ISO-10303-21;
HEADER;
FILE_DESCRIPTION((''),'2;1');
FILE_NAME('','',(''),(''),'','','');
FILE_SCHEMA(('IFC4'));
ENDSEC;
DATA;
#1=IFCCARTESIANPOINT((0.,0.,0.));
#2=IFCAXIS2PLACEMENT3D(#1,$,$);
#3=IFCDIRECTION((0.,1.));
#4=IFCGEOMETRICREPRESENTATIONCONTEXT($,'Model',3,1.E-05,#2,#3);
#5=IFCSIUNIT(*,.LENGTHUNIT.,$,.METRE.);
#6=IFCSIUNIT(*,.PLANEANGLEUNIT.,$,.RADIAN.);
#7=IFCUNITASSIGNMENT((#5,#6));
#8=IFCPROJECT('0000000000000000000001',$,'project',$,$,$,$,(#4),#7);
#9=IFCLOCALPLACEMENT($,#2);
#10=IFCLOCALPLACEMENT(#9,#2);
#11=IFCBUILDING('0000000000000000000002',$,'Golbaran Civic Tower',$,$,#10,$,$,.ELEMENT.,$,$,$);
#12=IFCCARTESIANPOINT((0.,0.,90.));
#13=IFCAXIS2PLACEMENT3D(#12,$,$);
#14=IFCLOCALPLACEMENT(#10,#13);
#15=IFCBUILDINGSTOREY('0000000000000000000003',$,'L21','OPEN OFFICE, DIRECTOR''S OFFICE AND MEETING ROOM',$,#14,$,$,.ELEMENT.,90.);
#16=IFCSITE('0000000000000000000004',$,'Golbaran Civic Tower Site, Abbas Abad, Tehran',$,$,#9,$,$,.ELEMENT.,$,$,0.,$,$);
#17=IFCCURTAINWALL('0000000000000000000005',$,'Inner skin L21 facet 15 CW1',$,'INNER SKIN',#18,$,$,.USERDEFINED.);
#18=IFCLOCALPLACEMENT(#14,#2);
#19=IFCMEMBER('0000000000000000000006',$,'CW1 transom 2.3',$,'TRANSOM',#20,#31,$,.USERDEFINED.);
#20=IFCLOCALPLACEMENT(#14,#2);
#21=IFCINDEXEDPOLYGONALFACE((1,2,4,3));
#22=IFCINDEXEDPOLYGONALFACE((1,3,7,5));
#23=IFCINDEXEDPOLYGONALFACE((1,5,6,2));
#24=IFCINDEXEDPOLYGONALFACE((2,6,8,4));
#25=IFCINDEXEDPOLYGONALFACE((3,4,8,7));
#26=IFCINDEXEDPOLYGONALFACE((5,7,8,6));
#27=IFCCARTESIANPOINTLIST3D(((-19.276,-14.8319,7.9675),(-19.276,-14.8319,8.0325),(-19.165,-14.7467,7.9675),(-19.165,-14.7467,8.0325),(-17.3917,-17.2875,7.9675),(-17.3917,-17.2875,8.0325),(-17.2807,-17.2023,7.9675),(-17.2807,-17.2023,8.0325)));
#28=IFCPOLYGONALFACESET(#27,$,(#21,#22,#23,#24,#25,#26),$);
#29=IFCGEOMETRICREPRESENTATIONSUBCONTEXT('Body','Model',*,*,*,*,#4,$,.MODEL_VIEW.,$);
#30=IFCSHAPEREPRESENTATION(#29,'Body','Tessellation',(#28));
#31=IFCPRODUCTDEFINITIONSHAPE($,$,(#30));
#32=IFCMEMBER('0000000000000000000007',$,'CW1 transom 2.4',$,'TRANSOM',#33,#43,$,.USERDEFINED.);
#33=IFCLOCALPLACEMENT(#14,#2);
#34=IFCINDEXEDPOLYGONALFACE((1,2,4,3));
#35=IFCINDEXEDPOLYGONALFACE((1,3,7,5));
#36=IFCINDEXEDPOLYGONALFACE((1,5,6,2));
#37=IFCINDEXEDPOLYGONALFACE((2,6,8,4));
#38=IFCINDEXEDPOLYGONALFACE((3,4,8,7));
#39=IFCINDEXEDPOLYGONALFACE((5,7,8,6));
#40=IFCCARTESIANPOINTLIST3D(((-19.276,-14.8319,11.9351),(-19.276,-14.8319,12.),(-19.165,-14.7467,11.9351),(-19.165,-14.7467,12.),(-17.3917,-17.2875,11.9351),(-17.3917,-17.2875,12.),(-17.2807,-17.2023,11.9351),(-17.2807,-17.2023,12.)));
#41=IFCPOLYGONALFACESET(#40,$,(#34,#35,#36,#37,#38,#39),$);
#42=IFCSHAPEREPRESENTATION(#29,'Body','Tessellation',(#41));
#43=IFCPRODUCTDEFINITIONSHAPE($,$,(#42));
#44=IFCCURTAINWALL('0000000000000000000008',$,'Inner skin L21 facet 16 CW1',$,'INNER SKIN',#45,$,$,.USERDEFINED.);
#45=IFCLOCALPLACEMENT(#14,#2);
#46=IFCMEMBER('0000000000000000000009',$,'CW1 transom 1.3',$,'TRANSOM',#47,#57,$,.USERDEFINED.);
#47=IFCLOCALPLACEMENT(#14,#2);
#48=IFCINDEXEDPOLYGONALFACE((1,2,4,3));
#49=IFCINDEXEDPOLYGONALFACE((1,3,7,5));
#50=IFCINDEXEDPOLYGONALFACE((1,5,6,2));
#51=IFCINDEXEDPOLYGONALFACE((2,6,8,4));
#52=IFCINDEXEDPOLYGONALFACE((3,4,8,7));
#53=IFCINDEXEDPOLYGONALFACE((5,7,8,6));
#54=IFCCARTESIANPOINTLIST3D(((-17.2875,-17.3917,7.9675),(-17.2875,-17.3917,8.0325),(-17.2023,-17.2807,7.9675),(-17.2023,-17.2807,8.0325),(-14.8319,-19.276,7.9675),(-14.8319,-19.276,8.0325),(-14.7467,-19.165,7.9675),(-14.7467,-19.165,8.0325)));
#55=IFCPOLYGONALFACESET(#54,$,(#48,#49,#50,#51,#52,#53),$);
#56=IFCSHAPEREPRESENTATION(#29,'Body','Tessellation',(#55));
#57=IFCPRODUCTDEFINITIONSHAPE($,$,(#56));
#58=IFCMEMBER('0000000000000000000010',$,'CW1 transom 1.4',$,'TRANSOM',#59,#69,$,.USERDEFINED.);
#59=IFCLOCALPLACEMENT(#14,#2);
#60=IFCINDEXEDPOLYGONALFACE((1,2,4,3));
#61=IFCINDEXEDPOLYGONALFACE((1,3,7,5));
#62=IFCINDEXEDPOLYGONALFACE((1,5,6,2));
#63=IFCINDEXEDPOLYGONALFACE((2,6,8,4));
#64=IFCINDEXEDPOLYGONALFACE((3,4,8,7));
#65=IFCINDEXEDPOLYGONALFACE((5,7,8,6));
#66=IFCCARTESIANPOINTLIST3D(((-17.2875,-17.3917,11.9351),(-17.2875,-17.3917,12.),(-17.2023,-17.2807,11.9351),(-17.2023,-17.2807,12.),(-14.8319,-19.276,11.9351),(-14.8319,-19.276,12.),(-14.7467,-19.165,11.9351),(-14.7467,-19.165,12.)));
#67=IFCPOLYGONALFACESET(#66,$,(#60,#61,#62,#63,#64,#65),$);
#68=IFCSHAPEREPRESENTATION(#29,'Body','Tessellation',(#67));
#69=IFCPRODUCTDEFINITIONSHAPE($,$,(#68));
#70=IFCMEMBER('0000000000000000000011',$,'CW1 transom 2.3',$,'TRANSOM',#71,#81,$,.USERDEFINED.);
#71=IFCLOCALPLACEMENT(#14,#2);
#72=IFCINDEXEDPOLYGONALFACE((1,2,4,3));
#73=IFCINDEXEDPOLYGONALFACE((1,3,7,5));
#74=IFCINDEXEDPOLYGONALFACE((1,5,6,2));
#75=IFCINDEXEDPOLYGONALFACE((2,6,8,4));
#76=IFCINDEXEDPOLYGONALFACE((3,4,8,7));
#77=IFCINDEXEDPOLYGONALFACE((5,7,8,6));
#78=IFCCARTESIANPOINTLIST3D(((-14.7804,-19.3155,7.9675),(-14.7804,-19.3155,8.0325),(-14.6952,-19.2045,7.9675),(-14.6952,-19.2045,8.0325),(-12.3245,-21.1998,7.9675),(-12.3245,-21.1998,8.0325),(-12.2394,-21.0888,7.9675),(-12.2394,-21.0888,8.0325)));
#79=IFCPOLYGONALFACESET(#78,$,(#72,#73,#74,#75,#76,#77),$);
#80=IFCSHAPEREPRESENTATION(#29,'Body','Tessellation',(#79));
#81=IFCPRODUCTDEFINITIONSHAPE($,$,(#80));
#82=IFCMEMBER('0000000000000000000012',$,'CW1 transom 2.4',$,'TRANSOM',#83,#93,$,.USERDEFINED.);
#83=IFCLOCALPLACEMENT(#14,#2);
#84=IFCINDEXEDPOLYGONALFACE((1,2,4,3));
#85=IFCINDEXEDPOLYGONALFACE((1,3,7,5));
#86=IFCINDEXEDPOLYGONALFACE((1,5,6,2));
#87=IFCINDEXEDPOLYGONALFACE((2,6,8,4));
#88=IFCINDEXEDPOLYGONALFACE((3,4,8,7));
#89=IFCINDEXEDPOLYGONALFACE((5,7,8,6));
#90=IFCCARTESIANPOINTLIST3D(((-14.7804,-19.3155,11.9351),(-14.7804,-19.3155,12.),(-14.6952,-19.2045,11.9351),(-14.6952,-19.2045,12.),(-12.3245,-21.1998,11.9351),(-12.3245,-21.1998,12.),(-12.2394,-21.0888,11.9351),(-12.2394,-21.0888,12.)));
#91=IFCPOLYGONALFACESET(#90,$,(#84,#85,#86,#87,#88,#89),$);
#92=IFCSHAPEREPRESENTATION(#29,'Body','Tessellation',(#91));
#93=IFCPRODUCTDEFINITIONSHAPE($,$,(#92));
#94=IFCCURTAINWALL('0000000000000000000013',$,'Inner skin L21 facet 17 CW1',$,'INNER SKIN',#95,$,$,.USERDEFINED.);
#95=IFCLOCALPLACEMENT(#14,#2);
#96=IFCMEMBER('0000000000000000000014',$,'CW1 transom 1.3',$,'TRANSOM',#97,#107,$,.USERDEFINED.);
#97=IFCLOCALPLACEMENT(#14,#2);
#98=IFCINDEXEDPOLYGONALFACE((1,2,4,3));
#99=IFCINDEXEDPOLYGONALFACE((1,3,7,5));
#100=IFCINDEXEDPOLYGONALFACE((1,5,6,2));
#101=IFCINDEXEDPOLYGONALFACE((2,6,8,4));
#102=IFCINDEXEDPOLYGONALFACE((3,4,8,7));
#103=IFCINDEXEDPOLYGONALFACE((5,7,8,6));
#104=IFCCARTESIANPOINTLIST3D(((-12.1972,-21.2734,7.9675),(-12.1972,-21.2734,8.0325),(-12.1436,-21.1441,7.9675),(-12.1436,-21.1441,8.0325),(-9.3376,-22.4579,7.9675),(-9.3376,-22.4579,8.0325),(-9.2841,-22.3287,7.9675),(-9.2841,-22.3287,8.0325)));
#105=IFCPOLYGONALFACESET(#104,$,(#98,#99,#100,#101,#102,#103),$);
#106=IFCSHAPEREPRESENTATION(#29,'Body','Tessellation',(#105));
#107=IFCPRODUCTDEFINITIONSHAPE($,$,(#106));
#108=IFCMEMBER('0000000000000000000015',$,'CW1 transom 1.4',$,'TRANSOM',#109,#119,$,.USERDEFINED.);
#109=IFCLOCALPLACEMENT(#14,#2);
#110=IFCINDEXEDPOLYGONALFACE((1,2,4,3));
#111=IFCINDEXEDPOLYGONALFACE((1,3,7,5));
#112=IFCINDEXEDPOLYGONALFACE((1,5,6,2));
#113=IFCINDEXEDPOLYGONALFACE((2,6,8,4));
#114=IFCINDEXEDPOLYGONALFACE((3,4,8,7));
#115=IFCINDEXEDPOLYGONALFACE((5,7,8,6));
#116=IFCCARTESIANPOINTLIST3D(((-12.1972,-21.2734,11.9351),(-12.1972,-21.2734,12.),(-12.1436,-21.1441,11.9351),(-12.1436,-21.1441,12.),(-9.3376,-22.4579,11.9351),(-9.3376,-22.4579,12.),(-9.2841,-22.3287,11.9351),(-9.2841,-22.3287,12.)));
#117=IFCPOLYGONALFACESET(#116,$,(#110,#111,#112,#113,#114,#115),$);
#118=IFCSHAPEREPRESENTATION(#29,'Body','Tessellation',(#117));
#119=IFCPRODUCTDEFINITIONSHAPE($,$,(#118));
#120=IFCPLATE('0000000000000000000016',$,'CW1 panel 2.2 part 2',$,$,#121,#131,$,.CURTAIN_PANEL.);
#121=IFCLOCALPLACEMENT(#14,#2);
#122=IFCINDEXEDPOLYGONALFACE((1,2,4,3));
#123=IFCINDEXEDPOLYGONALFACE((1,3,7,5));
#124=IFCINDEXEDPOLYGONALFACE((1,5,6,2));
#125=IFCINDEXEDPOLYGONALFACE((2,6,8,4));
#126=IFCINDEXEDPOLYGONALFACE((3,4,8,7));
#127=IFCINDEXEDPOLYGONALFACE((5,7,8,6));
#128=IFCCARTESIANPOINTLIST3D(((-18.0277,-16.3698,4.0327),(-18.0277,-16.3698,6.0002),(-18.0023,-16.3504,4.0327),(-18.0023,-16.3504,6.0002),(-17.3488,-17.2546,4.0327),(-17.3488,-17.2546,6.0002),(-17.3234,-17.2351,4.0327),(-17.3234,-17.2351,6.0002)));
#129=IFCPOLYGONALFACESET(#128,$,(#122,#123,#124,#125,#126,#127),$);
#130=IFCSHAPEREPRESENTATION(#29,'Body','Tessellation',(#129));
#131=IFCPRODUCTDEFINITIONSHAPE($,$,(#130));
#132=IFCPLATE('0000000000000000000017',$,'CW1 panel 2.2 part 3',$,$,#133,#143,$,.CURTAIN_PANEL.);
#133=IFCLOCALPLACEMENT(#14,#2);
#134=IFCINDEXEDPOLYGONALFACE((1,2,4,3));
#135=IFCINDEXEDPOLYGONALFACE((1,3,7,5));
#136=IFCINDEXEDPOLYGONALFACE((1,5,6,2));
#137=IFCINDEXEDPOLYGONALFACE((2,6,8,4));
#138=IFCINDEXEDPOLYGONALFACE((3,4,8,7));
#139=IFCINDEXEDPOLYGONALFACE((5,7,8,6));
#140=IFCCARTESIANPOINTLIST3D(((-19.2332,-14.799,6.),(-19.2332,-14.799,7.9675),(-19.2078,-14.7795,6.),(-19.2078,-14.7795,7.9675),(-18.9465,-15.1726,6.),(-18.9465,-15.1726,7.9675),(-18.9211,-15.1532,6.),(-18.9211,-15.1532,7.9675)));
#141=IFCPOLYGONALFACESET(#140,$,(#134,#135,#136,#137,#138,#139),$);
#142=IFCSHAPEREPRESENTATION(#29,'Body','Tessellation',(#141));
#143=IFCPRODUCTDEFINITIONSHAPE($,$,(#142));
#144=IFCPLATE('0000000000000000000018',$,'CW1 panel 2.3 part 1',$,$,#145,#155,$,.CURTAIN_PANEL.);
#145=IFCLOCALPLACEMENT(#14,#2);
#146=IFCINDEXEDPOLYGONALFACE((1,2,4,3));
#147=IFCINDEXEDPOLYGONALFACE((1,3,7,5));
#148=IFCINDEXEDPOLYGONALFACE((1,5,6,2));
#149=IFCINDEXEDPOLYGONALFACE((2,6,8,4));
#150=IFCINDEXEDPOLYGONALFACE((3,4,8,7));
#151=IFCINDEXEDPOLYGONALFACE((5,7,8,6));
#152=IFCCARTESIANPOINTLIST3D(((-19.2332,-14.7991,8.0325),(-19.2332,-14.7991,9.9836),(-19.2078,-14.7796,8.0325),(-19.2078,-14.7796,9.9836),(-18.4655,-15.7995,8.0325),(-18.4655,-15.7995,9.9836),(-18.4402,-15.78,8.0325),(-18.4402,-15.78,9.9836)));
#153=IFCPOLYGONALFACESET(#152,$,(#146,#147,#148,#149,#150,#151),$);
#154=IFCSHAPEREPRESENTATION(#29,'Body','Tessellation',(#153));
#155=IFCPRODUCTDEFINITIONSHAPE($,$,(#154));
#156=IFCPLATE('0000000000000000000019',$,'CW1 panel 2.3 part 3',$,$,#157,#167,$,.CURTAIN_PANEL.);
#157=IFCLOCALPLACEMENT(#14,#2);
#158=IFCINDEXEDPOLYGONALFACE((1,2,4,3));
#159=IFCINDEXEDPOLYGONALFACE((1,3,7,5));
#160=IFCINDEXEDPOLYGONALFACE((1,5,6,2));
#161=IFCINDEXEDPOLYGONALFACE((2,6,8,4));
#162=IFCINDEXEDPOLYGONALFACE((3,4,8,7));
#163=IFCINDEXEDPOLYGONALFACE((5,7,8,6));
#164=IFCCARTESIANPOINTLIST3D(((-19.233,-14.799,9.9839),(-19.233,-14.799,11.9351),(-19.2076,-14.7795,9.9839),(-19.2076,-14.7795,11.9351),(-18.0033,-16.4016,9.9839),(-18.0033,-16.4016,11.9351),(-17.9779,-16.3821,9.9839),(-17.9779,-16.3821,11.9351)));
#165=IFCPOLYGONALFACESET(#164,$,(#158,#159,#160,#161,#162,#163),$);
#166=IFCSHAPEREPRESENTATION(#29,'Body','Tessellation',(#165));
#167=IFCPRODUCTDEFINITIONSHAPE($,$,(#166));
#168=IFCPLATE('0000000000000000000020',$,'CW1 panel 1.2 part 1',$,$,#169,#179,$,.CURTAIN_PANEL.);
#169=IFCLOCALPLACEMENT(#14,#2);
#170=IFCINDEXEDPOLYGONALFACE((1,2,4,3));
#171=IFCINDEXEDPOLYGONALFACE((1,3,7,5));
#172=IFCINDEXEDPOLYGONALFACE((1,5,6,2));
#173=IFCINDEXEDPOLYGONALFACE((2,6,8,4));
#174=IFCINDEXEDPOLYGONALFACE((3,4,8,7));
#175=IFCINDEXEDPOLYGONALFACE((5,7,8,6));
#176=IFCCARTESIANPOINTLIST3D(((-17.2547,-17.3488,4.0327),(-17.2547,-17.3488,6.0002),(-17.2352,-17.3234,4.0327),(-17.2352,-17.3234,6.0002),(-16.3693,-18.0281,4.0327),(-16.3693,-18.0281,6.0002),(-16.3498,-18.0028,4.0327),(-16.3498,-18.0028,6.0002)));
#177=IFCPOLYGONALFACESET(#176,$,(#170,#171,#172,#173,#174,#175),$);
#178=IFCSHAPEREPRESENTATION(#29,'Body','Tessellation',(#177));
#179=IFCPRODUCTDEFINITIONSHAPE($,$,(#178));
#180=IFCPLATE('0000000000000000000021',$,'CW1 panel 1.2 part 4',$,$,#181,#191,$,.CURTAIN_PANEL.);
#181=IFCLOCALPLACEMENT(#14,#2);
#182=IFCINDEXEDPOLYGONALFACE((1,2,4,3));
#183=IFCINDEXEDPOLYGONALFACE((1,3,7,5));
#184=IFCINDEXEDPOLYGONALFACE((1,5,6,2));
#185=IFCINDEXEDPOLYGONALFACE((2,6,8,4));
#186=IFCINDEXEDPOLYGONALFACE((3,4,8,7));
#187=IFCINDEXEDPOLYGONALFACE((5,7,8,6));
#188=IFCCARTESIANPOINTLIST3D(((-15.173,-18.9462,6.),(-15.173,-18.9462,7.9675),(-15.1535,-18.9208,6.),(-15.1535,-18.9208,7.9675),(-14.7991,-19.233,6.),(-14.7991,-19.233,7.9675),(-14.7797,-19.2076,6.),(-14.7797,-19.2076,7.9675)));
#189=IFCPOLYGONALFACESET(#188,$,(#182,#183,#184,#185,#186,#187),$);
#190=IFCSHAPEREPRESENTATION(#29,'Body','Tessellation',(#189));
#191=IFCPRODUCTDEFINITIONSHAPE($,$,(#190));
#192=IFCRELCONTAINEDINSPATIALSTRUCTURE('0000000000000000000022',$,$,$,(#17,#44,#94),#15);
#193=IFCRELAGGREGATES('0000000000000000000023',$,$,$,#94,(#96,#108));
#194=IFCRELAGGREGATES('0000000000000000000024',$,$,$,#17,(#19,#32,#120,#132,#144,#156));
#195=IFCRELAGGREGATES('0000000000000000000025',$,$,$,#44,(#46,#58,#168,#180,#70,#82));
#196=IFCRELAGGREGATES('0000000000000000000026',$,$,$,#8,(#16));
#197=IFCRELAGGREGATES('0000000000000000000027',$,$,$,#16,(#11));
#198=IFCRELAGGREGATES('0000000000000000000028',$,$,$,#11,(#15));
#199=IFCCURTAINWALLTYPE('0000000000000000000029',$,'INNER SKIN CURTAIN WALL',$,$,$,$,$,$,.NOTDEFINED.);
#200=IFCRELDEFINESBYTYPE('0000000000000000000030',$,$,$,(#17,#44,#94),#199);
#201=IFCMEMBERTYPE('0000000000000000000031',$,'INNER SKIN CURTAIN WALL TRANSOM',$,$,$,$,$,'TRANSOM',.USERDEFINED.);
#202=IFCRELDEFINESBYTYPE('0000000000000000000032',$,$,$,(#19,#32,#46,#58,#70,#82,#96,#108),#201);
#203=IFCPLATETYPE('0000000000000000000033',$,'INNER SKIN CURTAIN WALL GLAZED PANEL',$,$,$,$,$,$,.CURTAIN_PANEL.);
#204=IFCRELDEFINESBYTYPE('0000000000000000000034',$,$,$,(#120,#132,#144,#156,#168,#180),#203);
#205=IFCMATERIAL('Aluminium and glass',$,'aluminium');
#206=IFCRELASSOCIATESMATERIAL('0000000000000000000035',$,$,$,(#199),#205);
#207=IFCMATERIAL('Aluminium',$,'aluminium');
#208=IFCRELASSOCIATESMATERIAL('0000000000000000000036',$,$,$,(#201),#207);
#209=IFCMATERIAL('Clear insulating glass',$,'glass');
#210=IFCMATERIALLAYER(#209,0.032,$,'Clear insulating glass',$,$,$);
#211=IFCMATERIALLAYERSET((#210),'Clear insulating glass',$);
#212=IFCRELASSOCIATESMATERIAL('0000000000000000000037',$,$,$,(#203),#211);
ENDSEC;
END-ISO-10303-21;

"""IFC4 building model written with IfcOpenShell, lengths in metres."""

from ifc_helpers import new_model, si_unit, direction, frame, origin, origin_2d, place, context, subcontext, project, spatial, rectangle, extrude, material, layer, layer_set, material_profile, profile_set, type_object, element, aggregate, save


model = new_model("IFC4")

# Units and contexts
model_context = context("Model", 3, precision=1e-05, world=origin(), true_north=direction((0.0, 1.0)))
body_context = subcontext(model_context, "Body", "Model", "MODEL_VIEW")
ifc_project = project(units=[si_unit("LENGTHUNIT", "METRE"), si_unit("PLANEANGLEUNIT", "RADIAN")], contexts=[model_context])

# Site, building, storey
site_placement = place(None, origin())
site = spatial("IfcSite", under=ifc_project, at=site_placement, Name="Golbaran Civic Tower Site, Abbas Abad, Tehran", CompositionType="ELEMENT", RefElevation=0.0)
building_placement = place(site_placement, origin())
building = spatial("IfcBuilding", under=site, at=building_placement, Name="Golbaran Civic Tower", CompositionType="ELEMENT")
storey_placement = place(building_placement, frame((0.0, 0.0, 90.0)))
storey = spatial("IfcBuildingStorey", under=building, at=storey_placement, Name="L21", Description="OPEN OFFICE, DIRECTOR'S OFFICE AND MEETING ROOM", CompositionType="ELEMENT", Elevation=90.0)

# Curtain walls, members
ifc_material_1 = material(Name="Aluminium and glass", Category="aluminium")
curtain_wall_type = type_object("IfcCurtainWallType", Name="INNER SKIN CURTAIN WALL", PredefinedType="NOTDEFINED", material=ifc_material_1)
curtain_wall_1_placement = place(storey_placement, origin())
curtain_wall_1 = element("IfcCurtainWall", 1, at=curtain_wall_1_placement, inside=storey, type_object=curtain_wall_type, Name="Inner skin L21 facet 15 CW1", ObjectType="INNER SKIN", PredefinedType="USERDEFINED")
ifc_material_2 = material(Name="Aluminium", Category="aluminium")
ifc_material_profile = material_profile(ifc_material_2, rectangle(XDim=0.1399, YDim=0.0649, at=origin_2d()), Name="INNER SKIN CURTAIN WALL TRANSOM")
ifc_profile_set = profile_set([ifc_material_profile], Name="Aluminium")
member_type = type_object("IfcMemberType", Name="INNER SKIN CURTAIN WALL TRANSOM", ElementType="TRANSOM", PredefinedType="USERDEFINED", material=ifc_profile_set)
member_1_placement = place(storey_placement, frame((-19.2205, -14.7893, 8.0), z_axis=(0.608773, -0.793345, 0.0), x_axis=(0.793345, 0.608773, 0.0)))
member_1 = element("IfcMember", 2, at=member_1_placement, type_object=member_type, Name="CW1 transom 2.3", ObjectType="TRANSOM", PredefinedType="USERDEFINED", context=body_context, shape_type="SweptSolid", body=[
    extrude(rectangle(XDim=0.1399, YDim=0.0649, at=origin_2d()), origin(), (0.0, 0.0, 1.0), 3.0952),
])
member_2_placement = place(storey_placement, frame((-19.2205, -14.7893, 11.9675), z_axis=(0.608773, -0.793345, 0.0), x_axis=(0.793345, 0.608773, 0.0)))
member_2 = element("IfcMember", 3, at=member_2_placement, type_object=member_type, Name="CW1 transom 2.4", ObjectType="TRANSOM", PredefinedType="USERDEFINED", context=body_context, shape_type="SweptSolid", body=[
    extrude(rectangle(XDim=0.1399, YDim=0.0649, at=origin_2d()), origin(), (0.0, 0.0, 1.0), 3.0952),
])
curtain_wall_2_placement = place(storey_placement, origin())
curtain_wall_2 = element("IfcCurtainWall", 4, at=curtain_wall_2_placement, inside=storey, type_object=curtain_wall_type, Name="Inner skin L21 facet 16 CW1", ObjectType="INNER SKIN", PredefinedType="USERDEFINED")
member_3_placement = place(storey_placement, frame((-17.2449, -17.3362, 8.0), z_axis=(0.793345, -0.608773, 0.0), x_axis=(0.608773, 0.793345, 0.0)))
member_3 = element("IfcMember", 5, at=member_3_placement, type_object=member_type, Name="CW1 transom 1.3", ObjectType="TRANSOM", PredefinedType="USERDEFINED", context=body_context, shape_type="SweptSolid", body=[
    extrude(rectangle(XDim=0.1399, YDim=0.0649, at=origin_2d()), origin(), (0.0, 0.0, 1.0), 3.0952),
])
member_4_placement = place(storey_placement, frame((-17.2449, -17.3362, 11.9675), z_axis=(0.793345, -0.608773, 0.0), x_axis=(0.608773, 0.793345, 0.0)))
member_4 = element("IfcMember", 6, at=member_4_placement, type_object=member_type, Name="CW1 transom 1.4", ObjectType="TRANSOM", PredefinedType="USERDEFINED", context=body_context, shape_type="SweptSolid", body=[
    extrude(rectangle(XDim=0.1399, YDim=0.0649, at=origin_2d()), origin(), (0.0, 0.0, 1.0), 3.0952),
])
member_5_placement = place(storey_placement, frame((-14.7378, -19.26, 8.0), z_axis=(0.793374, -0.608735, 0.0), x_axis=(0.608735, 0.793374, 0.0)))
member_5 = element("IfcMember", 7, at=member_5_placement, type_object=member_type, Name="CW1 transom 2.3", ObjectType="TRANSOM", PredefinedType="USERDEFINED", context=body_context, shape_type="SweptSolid", body=[
    extrude(rectangle(XDim=0.1399, YDim=0.0649, at=origin_2d()), origin(), (0.0, 0.0, 1.0), 3.0955),
])
member_6_placement = place(storey_placement, frame((-14.7378, -19.26, 11.9675), z_axis=(0.793374, -0.608735, 0.0), x_axis=(0.608735, 0.793374, 0.0)))
member_6 = element("IfcMember", 8, at=member_6_placement, type_object=member_type, Name="CW1 transom 2.4", ObjectType="TRANSOM", PredefinedType="USERDEFINED", context=body_context, shape_type="SweptSolid", body=[
    extrude(rectangle(XDim=0.1399, YDim=0.0649, at=origin_2d()), origin(), (0.0, 0.0, 1.0), 3.0955),
])
curtain_wall_3_placement = place(storey_placement, origin())
curtain_wall_3 = element("IfcCurtainWall", 9, at=curtain_wall_3_placement, inside=storey, type_object=curtain_wall_type, Name="Inner skin L21 facet 17 CW1", ObjectType="INNER SKIN", PredefinedType="USERDEFINED")
member_7_placement = place(storey_placement, frame((-12.1704, -21.2087, 8.0), z_axis=(0.923871, -0.382705, 0.0), x_axis=(0.382705, 0.923871, 0.0)))
member_7 = element("IfcMember", 10, at=member_7_placement, type_object=member_type, Name="CW1 transom 1.3", ObjectType="TRANSOM", PredefinedType="USERDEFINED", context=body_context, shape_type="SweptSolid", body=[
    extrude(rectangle(XDim=0.1399, YDim=0.0649, at=origin_2d()), origin(), (0.0, 0.0, 1.0), 3.0952),
])
member_8_placement = place(storey_placement, frame((-12.1704, -21.2087, 11.9675), z_axis=(0.923871, -0.382705, 0.0), x_axis=(0.382705, 0.923871, 0.0)))
member_8 = element("IfcMember", 11, at=member_8_placement, type_object=member_type, Name="CW1 transom 1.4", ObjectType="TRANSOM", PredefinedType="USERDEFINED", context=body_context, shape_type="SweptSolid", body=[
    extrude(rectangle(XDim=0.1399, YDim=0.0649, at=origin_2d()), origin(), (0.0, 0.0, 1.0), 3.0952),
])

# Plates
ifc_material_3 = material(Name="Clear insulating glass", Category="glass")
ifc_layer_1 = layer(ifc_material_3, 0.032, Name="Clear insulating glass")
ifc_layer_set_1 = layer_set([ifc_layer_1], Name="Clear insulating glass")
plate_type_1 = type_object("IfcPlateType", Name="INNER SKIN CURTAIN WALL GLAZED PANEL", PredefinedType="CURTAIN_PANEL", material=ifc_layer_set_1)
plate_1_placement = place(storey_placement, frame((-17.6755, -16.8025, 4.0327), z_axis=(0.0, 0.0, 1.0), x_axis=(0.608761, -0.793353, 0.0)))
plate_1 = element("IfcPlate", 12, at=plate_1_placement, type_object=plate_type_1, Name="CW1 panel 2.2 part 2", PredefinedType="CURTAIN_PANEL", context=body_context, shape_type="SweptSolid", body=[
    extrude(rectangle(XDim=1.1152, YDim=0.032, at=origin_2d()), origin(), (0.0, 0.0, 1.0), 1.9675),
])
plate_2_placement = place(storey_placement, frame((-19.0771, -14.9761, 6.0), z_axis=(0.0, 0.0, 1.0), x_axis=(0.608761, -0.793353, 0.0)))
plate_2 = element("IfcPlate", 13, at=plate_2_placement, type_object=plate_type_1, Name="CW1 panel 2.2 part 3", PredefinedType="CURTAIN_PANEL", context=body_context, shape_type="SweptSolid", body=[
    extrude(rectangle(XDim=0.4709, YDim=0.032, at=origin_2d()), origin(), (0.0, 0.0, 1.0), 1.9675),
])
plate_3_placement = place(storey_placement, frame((-18.8367, -15.2896, 8.0325), z_axis=(0.0, 0.0, 1.0), x_axis=(0.608761, -0.793353, 0.0)))
plate_3 = element("IfcPlate", 14, at=plate_3_placement, type_object=plate_type_1, Name="CW1 panel 2.3 part 1", PredefinedType="CURTAIN_PANEL", context=body_context, shape_type="SweptSolid", body=[
    extrude(rectangle(XDim=1.261, YDim=0.032, at=origin_2d()), origin(), (0.0, 0.0, 1.0), 1.9512),
])
plate_4_placement = place(storey_placement, frame((-18.6055, -15.5906, 9.9839), z_axis=(0.0, 0.0, 1.0), x_axis=(0.608761, -0.793353, 0.0)))
plate_4 = element("IfcPlate", 15, at=plate_4_placement, type_object=plate_type_1, Name="CW1 panel 2.3 part 3", PredefinedType="CURTAIN_PANEL", context=body_context, shape_type="SweptSolid", body=[
    extrude(rectangle(XDim=2.02, YDim=0.032, at=origin_2d()), origin(), (0.0, 0.0, 1.0), 1.9512),
])
plate_5_placement = place(storey_placement, frame((-16.8022, -17.6758, 4.0327), z_axis=(0.0, 0.0, 1.0), x_axis=(0.793353, -0.608761, 0.0)))
plate_5 = element("IfcPlate", 16, at=plate_5_placement, type_object=plate_type_1, Name="CW1 panel 1.2 part 1", PredefinedType="CURTAIN_PANEL", context=body_context, shape_type="SweptSolid", body=[
    extrude(rectangle(XDim=1.116, YDim=0.032, at=origin_2d()), origin(), (0.0, 0.0, 1.0), 1.9675),
])
plate_6_placement = place(storey_placement, frame((-14.9763, -19.0769, 6.0), z_axis=(0.0, 0.0, 1.0), x_axis=(0.793353, -0.608761, 0.0)))
plate_6 = element("IfcPlate", 17, at=plate_6_placement, type_object=plate_type_1, Name="CW1 panel 1.2 part 4", PredefinedType="CURTAIN_PANEL", context=body_context, shape_type="SweptSolid", body=[
    extrude(rectangle(XDim=0.4712, YDim=0.032, at=origin_2d()), origin(), (0.0, 0.0, 1.0), 1.9675),
])
aggregate(curtain_wall_3, [member_7, member_8])
aggregate(curtain_wall_1, [member_1, member_2, plate_1, plate_2, plate_3, plate_4])
aggregate(curtain_wall_2, [member_3, member_4, plate_5, plate_6, member_5, member_6])

save(model, "model.ifc")
